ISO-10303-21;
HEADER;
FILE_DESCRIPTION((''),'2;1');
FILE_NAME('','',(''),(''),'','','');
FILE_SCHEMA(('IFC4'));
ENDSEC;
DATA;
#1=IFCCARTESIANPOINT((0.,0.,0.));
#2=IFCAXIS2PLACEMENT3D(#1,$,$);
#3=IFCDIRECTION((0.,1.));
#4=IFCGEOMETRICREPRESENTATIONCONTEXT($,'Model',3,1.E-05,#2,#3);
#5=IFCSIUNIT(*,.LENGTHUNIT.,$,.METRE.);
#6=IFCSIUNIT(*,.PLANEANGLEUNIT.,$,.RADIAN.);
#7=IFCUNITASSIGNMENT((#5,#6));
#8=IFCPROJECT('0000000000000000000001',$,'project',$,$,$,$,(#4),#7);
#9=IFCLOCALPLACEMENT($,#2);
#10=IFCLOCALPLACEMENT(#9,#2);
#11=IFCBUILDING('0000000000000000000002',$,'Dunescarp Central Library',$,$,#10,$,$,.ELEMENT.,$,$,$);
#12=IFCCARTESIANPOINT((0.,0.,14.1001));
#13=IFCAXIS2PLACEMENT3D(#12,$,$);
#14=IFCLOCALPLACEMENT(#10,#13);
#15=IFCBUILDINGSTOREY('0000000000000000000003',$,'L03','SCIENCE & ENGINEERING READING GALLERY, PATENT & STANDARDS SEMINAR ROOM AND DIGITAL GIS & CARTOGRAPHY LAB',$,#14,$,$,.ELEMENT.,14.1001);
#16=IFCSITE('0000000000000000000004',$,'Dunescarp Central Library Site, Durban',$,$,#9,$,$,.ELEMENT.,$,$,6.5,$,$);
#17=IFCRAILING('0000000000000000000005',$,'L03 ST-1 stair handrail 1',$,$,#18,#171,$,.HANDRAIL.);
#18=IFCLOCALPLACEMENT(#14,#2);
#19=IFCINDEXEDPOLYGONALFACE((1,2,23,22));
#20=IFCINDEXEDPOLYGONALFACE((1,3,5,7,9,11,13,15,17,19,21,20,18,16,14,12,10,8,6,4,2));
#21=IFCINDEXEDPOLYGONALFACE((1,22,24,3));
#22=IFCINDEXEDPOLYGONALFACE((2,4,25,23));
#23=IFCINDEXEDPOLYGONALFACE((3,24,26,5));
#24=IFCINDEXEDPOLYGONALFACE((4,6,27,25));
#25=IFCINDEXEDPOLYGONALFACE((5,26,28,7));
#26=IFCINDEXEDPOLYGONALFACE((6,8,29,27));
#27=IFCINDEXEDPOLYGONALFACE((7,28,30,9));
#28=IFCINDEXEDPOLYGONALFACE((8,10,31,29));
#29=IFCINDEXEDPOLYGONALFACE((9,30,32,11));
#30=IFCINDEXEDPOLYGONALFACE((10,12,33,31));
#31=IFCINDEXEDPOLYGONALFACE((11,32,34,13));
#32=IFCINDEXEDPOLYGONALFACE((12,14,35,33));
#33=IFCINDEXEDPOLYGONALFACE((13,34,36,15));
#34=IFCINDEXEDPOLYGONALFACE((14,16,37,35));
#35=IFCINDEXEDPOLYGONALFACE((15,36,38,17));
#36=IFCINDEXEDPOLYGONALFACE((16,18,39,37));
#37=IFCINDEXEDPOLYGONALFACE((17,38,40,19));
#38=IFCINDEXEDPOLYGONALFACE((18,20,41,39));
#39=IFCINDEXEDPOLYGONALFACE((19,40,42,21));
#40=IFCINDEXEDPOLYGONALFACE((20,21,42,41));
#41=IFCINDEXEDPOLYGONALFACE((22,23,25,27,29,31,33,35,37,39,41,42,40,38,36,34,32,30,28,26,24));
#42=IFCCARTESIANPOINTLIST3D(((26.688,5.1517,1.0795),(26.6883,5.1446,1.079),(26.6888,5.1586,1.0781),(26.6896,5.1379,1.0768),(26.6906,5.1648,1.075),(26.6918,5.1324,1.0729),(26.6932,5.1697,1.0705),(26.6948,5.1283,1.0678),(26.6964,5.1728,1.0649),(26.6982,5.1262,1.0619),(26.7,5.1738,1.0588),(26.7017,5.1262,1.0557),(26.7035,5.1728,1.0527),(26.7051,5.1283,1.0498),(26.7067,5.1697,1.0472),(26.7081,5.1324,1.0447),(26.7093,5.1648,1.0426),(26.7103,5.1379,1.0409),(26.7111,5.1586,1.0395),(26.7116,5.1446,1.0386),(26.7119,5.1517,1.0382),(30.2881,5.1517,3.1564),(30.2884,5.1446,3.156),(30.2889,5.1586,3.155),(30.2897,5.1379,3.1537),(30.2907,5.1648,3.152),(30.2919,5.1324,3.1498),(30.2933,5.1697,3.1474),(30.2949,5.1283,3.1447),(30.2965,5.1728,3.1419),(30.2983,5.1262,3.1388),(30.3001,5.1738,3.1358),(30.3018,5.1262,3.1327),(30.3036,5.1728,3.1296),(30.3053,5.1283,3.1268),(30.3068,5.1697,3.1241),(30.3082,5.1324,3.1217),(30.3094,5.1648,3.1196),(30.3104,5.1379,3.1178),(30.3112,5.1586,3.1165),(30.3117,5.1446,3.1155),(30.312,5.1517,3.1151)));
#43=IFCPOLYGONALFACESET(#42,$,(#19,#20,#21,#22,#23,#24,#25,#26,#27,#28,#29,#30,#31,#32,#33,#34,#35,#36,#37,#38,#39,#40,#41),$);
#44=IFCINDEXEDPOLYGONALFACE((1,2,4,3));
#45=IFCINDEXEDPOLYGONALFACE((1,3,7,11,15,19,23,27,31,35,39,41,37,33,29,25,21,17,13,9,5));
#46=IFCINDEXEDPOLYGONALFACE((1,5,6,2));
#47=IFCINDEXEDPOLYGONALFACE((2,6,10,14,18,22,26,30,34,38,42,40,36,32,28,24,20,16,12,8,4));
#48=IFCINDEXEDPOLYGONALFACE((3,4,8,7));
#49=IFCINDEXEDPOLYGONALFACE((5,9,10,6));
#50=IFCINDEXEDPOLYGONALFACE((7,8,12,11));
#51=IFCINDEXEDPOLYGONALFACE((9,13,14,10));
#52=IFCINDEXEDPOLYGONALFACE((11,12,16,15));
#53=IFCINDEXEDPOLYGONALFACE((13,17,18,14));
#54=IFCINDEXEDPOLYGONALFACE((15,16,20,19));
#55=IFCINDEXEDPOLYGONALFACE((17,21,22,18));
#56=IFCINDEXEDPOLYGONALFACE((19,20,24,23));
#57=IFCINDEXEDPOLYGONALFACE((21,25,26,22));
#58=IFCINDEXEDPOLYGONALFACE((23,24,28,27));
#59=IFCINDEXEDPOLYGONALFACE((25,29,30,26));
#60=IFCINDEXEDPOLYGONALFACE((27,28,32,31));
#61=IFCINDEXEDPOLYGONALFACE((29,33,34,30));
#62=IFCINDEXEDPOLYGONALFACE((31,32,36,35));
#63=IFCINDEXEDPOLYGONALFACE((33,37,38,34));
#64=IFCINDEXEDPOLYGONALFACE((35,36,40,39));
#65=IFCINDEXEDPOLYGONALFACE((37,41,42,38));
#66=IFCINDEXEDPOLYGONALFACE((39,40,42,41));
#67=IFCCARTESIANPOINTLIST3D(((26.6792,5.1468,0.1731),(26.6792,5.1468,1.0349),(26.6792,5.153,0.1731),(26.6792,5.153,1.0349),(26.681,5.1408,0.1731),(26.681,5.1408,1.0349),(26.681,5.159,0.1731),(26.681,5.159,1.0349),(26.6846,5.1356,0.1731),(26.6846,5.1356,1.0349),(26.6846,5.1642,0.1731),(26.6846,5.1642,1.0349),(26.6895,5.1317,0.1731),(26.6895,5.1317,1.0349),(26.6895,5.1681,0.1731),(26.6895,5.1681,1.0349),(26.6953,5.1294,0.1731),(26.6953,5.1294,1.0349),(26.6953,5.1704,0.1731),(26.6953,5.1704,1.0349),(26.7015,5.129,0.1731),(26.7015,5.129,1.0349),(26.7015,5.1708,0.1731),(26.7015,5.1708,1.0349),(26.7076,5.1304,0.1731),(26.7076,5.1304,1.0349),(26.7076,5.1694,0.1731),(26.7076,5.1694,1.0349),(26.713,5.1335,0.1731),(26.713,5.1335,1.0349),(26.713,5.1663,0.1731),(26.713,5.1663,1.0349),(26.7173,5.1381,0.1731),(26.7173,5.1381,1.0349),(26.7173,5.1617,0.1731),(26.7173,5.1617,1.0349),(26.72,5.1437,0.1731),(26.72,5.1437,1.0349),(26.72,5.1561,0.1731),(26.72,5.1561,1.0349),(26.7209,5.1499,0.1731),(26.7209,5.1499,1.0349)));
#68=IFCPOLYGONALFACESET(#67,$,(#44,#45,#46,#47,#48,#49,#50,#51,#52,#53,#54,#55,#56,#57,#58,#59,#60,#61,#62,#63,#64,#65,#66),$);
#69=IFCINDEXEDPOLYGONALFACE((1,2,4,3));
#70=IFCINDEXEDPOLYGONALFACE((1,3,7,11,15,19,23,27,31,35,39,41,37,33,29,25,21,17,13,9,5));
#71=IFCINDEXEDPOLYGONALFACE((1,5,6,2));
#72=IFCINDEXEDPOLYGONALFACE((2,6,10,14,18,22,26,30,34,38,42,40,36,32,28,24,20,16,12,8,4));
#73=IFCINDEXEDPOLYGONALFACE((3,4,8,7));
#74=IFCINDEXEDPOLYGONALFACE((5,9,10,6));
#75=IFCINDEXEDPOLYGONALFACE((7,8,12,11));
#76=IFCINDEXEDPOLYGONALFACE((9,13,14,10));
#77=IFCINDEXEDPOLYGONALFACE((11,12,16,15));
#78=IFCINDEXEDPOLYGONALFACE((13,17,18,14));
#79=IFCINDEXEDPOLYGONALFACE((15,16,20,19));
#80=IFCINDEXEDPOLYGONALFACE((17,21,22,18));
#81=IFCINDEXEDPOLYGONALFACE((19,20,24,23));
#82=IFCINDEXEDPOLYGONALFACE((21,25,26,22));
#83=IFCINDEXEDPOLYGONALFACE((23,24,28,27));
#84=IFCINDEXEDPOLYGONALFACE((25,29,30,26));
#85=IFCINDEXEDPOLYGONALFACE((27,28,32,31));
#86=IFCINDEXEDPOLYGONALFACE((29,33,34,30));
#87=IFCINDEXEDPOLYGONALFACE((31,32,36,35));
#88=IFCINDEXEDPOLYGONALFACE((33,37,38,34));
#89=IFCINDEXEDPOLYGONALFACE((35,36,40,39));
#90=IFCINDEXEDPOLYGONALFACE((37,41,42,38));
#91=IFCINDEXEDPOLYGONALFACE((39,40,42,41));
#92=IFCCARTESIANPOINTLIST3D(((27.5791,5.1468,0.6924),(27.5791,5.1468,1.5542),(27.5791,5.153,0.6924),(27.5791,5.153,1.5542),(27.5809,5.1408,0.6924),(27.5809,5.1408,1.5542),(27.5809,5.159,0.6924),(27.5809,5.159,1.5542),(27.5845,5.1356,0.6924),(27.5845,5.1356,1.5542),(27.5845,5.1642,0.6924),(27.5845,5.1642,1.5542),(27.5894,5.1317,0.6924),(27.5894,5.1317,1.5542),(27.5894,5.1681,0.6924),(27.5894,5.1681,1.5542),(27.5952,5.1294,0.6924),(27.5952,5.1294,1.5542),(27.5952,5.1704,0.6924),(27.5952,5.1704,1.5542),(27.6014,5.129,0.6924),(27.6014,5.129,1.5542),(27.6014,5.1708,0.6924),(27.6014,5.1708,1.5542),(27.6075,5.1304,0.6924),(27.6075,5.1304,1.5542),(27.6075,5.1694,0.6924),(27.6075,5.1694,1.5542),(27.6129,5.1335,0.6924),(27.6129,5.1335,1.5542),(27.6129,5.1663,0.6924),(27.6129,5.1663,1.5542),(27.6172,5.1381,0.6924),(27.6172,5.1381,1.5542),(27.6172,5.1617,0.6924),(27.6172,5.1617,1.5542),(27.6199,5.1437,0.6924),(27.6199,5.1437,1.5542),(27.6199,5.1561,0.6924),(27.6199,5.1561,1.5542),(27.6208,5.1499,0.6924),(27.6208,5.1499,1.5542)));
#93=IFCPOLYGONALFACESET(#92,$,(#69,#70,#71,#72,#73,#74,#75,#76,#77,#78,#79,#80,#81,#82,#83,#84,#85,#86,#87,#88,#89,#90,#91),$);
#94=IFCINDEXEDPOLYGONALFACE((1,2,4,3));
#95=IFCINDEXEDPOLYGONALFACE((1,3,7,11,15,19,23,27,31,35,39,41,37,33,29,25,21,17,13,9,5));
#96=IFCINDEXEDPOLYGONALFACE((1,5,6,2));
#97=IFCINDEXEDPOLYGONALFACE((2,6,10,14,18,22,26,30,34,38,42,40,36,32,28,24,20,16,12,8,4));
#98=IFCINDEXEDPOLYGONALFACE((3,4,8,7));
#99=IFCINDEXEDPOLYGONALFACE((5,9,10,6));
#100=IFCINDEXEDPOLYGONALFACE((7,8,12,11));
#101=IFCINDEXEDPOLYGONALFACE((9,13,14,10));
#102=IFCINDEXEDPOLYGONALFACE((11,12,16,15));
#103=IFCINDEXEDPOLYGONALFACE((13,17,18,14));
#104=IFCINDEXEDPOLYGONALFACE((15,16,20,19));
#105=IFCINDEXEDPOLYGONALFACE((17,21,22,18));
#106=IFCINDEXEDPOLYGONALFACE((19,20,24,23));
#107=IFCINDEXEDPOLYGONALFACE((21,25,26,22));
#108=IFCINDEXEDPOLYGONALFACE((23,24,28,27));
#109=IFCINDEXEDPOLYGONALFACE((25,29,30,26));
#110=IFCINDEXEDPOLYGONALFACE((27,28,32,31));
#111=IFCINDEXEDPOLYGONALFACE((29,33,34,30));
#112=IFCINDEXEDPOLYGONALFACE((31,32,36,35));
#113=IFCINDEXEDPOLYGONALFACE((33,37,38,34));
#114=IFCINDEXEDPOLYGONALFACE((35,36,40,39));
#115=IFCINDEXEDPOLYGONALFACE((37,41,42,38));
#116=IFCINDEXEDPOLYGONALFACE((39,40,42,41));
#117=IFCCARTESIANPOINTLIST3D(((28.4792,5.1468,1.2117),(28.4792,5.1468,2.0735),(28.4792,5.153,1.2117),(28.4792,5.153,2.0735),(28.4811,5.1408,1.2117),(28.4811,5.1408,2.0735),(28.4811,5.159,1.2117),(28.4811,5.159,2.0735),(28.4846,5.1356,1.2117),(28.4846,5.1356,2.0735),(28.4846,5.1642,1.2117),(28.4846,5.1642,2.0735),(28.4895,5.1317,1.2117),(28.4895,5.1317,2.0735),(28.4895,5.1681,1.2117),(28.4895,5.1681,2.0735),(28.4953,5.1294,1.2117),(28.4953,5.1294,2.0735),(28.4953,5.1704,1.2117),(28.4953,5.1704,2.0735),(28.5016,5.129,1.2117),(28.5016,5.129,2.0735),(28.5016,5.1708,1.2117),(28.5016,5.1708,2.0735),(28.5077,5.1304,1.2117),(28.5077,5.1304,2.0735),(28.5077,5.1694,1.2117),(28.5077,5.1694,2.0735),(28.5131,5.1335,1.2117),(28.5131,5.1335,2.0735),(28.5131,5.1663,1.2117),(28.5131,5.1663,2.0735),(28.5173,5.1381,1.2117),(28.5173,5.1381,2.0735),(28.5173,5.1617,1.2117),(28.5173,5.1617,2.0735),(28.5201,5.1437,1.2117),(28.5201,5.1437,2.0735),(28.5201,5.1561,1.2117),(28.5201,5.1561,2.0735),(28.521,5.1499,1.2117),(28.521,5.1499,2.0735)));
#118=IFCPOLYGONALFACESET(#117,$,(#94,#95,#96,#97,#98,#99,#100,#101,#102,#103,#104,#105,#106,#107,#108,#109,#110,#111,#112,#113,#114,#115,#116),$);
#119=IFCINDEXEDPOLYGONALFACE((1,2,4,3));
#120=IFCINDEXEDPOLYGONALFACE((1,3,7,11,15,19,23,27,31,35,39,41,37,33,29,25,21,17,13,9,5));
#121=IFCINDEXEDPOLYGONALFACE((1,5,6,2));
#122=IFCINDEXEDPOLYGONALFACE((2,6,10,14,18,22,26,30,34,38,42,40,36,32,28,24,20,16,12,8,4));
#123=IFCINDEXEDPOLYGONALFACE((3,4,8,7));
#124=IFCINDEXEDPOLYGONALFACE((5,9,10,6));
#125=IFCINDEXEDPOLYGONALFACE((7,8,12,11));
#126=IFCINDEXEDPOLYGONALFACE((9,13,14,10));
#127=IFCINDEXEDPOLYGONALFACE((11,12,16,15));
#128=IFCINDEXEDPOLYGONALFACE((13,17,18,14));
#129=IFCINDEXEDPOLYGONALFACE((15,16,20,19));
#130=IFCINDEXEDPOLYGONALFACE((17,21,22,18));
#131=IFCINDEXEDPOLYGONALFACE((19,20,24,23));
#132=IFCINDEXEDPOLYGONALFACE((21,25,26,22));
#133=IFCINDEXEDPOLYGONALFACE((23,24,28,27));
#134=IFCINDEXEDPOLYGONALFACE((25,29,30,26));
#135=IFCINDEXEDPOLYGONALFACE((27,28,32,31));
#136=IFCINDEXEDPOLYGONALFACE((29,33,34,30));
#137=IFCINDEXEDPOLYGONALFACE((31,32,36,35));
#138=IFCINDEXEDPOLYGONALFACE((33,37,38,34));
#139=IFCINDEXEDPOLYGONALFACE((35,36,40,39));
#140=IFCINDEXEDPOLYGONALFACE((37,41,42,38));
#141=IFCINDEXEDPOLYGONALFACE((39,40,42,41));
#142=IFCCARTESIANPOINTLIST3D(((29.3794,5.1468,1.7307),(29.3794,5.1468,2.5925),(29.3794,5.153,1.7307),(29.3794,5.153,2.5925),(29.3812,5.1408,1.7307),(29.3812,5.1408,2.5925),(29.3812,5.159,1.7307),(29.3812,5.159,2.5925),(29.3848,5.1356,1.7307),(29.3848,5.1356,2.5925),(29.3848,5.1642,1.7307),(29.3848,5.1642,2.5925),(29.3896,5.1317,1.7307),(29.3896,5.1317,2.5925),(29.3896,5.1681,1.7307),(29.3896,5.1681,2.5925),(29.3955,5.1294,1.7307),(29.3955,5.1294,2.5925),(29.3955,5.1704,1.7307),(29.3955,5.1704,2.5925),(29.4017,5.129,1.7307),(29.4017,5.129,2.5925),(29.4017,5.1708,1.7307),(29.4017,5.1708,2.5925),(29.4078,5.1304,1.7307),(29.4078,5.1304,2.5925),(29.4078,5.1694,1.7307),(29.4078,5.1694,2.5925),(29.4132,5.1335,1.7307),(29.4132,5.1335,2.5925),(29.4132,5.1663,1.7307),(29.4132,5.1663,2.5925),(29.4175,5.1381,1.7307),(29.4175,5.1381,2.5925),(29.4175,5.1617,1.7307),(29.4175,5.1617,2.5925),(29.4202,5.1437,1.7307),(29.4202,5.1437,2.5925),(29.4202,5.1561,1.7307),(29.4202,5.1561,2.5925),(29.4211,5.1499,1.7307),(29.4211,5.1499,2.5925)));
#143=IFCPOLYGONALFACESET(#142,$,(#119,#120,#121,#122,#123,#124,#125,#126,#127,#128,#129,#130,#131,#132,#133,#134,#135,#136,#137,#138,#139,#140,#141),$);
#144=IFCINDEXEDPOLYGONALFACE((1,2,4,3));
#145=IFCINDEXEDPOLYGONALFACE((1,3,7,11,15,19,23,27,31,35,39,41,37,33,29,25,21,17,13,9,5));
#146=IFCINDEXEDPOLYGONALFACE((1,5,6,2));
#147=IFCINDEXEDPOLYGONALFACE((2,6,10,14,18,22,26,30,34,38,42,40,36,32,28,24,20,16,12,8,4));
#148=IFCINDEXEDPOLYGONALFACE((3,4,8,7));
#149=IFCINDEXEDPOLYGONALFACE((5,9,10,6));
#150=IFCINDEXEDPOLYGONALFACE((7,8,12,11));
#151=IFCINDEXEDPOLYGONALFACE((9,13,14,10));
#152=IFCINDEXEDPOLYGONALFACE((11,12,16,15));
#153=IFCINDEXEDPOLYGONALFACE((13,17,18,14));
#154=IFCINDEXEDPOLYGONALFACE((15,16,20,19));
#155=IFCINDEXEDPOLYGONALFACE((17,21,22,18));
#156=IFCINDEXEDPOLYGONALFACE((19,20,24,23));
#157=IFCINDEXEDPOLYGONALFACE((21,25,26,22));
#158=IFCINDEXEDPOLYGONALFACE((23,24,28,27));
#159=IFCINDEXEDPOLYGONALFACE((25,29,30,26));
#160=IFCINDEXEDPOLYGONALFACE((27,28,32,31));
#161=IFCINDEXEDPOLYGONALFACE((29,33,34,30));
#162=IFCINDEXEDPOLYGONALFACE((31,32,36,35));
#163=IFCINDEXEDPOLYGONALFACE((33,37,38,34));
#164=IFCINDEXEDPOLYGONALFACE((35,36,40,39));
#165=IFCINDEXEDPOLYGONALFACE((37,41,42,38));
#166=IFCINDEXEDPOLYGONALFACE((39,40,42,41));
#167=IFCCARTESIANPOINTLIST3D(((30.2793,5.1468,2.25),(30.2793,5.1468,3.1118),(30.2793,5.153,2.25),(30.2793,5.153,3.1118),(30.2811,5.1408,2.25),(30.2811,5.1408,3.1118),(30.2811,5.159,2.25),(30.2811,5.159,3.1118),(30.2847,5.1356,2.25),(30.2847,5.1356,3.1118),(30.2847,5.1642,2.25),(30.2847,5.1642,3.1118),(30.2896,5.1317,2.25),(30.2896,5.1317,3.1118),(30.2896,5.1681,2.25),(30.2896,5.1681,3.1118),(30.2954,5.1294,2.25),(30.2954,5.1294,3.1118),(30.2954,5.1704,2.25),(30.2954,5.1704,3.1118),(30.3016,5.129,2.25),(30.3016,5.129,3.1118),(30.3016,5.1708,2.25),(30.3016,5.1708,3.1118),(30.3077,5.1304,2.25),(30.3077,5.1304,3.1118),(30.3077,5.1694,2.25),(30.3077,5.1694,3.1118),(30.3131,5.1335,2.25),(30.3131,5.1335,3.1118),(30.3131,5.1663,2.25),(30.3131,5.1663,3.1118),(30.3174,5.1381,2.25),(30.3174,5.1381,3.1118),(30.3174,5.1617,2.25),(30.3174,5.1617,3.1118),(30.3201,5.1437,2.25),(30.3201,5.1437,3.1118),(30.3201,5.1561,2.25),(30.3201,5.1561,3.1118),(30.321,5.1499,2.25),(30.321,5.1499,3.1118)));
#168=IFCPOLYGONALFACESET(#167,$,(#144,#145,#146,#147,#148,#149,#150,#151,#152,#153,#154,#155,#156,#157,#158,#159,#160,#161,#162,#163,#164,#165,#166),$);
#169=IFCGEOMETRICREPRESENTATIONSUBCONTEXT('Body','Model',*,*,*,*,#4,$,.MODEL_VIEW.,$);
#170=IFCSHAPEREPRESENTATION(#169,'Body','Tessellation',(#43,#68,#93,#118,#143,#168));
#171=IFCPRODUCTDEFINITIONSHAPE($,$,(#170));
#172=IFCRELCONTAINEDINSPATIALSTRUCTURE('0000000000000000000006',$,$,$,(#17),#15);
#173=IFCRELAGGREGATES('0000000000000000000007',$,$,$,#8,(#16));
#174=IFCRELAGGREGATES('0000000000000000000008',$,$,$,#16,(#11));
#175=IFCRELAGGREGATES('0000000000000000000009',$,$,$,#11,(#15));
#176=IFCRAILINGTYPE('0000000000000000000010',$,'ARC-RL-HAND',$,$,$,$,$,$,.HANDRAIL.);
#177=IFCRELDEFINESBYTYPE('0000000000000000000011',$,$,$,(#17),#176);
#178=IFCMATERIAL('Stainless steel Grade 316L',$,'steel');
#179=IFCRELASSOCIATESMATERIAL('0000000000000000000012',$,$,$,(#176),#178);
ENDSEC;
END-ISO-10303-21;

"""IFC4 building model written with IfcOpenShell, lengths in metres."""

from ifc_helpers import new_model, si_unit, direction, frame, origin, origin_2d, place, context, subcontext, project, spatial, circle, extrude, material, type_object, element, save


model = new_model("IFC4")

# Units and contexts
model_context = context("Model", 3, precision=1e-05, world=origin(), true_north=direction((0.0, 1.0)))
body_context = subcontext(model_context, "Body", "Model", "MODEL_VIEW")
ifc_project = project(units=[si_unit("LENGTHUNIT", "METRE"), si_unit("PLANEANGLEUNIT", "RADIAN")], contexts=[model_context])

# Site, building, storey
site_placement = place(None, origin())
site = spatial("IfcSite", under=ifc_project, at=site_placement, Name="Dunescarp Central Library Site, Durban", CompositionType="ELEMENT", RefElevation=6.5)
building_placement = place(site_placement, origin())
building = spatial("IfcBuilding", under=site, at=building_placement, Name="Dunescarp Central Library", CompositionType="ELEMENT")
storey_placement = place(building_placement, frame((0.0, 0.0, 14.1001)))
storey = spatial("IfcBuildingStorey", under=building, at=storey_placement, Name="L03", Description="SCIENCE & ENGINEERING READING GALLERY, PATENT & STANDARDS SEMINAR ROOM AND DIGITAL GIS & CARTOGRAPHY LAB", CompositionType="ELEMENT", Elevation=14.1001)

# Railing
ifc_material_1 = material(Name="Stainless steel Grade 316L", Category="steel")
railing_type_1 = type_object("IfcRailingType", Name="ARC-RL-HAND", PredefinedType="HANDRAIL", material=ifc_material_1)
railing_1_placement = place(storey_placement, frame((26.7, 5.1499, 0.1731)))
element("IfcRailing", 1, at=railing_1_placement, inside=storey, type_object=railing_type_1, Name="L03 ST-1 stair handrail 1", PredefinedType="HANDRAIL", context=body_context, shape_type="SweptSolid", body=[
    extrude(circle(Radius=0.0239, at=origin_2d()), frame((0.0, 0.0, 0.8857), z_axis=(0.866193, 0.0, 0.499709), x_axis=(0.0, 1.0, 0.0)), (0.0, 0.0, 1.0), 4.1562),
    extrude(circle(Radius=0.021, at=origin_2d()), origin(), (0.0, 0.0, 1.0), 0.8618),
    extrude(circle(Radius=0.021, at=origin_2d()), frame((0.8999, 0.0, 0.5193)), (0.0, 0.0, 1.0), 0.8618),
    extrude(circle(Radius=0.021, at=origin_2d()), frame((1.8, 0.0, 1.0386)), (0.0, 0.0, 1.0), 0.8618),
    extrude(circle(Radius=0.021, at=origin_2d()), frame((2.7002, 0.0, 1.5576)), (0.0, 0.0, 1.0), 0.8618),
    extrude(circle(Radius=0.021, at=origin_2d()), frame((3.6001, 0.0, 2.0769)), (0.0, 0.0, 1.0), 0.8618),
])

save(model, "model.ifc")
